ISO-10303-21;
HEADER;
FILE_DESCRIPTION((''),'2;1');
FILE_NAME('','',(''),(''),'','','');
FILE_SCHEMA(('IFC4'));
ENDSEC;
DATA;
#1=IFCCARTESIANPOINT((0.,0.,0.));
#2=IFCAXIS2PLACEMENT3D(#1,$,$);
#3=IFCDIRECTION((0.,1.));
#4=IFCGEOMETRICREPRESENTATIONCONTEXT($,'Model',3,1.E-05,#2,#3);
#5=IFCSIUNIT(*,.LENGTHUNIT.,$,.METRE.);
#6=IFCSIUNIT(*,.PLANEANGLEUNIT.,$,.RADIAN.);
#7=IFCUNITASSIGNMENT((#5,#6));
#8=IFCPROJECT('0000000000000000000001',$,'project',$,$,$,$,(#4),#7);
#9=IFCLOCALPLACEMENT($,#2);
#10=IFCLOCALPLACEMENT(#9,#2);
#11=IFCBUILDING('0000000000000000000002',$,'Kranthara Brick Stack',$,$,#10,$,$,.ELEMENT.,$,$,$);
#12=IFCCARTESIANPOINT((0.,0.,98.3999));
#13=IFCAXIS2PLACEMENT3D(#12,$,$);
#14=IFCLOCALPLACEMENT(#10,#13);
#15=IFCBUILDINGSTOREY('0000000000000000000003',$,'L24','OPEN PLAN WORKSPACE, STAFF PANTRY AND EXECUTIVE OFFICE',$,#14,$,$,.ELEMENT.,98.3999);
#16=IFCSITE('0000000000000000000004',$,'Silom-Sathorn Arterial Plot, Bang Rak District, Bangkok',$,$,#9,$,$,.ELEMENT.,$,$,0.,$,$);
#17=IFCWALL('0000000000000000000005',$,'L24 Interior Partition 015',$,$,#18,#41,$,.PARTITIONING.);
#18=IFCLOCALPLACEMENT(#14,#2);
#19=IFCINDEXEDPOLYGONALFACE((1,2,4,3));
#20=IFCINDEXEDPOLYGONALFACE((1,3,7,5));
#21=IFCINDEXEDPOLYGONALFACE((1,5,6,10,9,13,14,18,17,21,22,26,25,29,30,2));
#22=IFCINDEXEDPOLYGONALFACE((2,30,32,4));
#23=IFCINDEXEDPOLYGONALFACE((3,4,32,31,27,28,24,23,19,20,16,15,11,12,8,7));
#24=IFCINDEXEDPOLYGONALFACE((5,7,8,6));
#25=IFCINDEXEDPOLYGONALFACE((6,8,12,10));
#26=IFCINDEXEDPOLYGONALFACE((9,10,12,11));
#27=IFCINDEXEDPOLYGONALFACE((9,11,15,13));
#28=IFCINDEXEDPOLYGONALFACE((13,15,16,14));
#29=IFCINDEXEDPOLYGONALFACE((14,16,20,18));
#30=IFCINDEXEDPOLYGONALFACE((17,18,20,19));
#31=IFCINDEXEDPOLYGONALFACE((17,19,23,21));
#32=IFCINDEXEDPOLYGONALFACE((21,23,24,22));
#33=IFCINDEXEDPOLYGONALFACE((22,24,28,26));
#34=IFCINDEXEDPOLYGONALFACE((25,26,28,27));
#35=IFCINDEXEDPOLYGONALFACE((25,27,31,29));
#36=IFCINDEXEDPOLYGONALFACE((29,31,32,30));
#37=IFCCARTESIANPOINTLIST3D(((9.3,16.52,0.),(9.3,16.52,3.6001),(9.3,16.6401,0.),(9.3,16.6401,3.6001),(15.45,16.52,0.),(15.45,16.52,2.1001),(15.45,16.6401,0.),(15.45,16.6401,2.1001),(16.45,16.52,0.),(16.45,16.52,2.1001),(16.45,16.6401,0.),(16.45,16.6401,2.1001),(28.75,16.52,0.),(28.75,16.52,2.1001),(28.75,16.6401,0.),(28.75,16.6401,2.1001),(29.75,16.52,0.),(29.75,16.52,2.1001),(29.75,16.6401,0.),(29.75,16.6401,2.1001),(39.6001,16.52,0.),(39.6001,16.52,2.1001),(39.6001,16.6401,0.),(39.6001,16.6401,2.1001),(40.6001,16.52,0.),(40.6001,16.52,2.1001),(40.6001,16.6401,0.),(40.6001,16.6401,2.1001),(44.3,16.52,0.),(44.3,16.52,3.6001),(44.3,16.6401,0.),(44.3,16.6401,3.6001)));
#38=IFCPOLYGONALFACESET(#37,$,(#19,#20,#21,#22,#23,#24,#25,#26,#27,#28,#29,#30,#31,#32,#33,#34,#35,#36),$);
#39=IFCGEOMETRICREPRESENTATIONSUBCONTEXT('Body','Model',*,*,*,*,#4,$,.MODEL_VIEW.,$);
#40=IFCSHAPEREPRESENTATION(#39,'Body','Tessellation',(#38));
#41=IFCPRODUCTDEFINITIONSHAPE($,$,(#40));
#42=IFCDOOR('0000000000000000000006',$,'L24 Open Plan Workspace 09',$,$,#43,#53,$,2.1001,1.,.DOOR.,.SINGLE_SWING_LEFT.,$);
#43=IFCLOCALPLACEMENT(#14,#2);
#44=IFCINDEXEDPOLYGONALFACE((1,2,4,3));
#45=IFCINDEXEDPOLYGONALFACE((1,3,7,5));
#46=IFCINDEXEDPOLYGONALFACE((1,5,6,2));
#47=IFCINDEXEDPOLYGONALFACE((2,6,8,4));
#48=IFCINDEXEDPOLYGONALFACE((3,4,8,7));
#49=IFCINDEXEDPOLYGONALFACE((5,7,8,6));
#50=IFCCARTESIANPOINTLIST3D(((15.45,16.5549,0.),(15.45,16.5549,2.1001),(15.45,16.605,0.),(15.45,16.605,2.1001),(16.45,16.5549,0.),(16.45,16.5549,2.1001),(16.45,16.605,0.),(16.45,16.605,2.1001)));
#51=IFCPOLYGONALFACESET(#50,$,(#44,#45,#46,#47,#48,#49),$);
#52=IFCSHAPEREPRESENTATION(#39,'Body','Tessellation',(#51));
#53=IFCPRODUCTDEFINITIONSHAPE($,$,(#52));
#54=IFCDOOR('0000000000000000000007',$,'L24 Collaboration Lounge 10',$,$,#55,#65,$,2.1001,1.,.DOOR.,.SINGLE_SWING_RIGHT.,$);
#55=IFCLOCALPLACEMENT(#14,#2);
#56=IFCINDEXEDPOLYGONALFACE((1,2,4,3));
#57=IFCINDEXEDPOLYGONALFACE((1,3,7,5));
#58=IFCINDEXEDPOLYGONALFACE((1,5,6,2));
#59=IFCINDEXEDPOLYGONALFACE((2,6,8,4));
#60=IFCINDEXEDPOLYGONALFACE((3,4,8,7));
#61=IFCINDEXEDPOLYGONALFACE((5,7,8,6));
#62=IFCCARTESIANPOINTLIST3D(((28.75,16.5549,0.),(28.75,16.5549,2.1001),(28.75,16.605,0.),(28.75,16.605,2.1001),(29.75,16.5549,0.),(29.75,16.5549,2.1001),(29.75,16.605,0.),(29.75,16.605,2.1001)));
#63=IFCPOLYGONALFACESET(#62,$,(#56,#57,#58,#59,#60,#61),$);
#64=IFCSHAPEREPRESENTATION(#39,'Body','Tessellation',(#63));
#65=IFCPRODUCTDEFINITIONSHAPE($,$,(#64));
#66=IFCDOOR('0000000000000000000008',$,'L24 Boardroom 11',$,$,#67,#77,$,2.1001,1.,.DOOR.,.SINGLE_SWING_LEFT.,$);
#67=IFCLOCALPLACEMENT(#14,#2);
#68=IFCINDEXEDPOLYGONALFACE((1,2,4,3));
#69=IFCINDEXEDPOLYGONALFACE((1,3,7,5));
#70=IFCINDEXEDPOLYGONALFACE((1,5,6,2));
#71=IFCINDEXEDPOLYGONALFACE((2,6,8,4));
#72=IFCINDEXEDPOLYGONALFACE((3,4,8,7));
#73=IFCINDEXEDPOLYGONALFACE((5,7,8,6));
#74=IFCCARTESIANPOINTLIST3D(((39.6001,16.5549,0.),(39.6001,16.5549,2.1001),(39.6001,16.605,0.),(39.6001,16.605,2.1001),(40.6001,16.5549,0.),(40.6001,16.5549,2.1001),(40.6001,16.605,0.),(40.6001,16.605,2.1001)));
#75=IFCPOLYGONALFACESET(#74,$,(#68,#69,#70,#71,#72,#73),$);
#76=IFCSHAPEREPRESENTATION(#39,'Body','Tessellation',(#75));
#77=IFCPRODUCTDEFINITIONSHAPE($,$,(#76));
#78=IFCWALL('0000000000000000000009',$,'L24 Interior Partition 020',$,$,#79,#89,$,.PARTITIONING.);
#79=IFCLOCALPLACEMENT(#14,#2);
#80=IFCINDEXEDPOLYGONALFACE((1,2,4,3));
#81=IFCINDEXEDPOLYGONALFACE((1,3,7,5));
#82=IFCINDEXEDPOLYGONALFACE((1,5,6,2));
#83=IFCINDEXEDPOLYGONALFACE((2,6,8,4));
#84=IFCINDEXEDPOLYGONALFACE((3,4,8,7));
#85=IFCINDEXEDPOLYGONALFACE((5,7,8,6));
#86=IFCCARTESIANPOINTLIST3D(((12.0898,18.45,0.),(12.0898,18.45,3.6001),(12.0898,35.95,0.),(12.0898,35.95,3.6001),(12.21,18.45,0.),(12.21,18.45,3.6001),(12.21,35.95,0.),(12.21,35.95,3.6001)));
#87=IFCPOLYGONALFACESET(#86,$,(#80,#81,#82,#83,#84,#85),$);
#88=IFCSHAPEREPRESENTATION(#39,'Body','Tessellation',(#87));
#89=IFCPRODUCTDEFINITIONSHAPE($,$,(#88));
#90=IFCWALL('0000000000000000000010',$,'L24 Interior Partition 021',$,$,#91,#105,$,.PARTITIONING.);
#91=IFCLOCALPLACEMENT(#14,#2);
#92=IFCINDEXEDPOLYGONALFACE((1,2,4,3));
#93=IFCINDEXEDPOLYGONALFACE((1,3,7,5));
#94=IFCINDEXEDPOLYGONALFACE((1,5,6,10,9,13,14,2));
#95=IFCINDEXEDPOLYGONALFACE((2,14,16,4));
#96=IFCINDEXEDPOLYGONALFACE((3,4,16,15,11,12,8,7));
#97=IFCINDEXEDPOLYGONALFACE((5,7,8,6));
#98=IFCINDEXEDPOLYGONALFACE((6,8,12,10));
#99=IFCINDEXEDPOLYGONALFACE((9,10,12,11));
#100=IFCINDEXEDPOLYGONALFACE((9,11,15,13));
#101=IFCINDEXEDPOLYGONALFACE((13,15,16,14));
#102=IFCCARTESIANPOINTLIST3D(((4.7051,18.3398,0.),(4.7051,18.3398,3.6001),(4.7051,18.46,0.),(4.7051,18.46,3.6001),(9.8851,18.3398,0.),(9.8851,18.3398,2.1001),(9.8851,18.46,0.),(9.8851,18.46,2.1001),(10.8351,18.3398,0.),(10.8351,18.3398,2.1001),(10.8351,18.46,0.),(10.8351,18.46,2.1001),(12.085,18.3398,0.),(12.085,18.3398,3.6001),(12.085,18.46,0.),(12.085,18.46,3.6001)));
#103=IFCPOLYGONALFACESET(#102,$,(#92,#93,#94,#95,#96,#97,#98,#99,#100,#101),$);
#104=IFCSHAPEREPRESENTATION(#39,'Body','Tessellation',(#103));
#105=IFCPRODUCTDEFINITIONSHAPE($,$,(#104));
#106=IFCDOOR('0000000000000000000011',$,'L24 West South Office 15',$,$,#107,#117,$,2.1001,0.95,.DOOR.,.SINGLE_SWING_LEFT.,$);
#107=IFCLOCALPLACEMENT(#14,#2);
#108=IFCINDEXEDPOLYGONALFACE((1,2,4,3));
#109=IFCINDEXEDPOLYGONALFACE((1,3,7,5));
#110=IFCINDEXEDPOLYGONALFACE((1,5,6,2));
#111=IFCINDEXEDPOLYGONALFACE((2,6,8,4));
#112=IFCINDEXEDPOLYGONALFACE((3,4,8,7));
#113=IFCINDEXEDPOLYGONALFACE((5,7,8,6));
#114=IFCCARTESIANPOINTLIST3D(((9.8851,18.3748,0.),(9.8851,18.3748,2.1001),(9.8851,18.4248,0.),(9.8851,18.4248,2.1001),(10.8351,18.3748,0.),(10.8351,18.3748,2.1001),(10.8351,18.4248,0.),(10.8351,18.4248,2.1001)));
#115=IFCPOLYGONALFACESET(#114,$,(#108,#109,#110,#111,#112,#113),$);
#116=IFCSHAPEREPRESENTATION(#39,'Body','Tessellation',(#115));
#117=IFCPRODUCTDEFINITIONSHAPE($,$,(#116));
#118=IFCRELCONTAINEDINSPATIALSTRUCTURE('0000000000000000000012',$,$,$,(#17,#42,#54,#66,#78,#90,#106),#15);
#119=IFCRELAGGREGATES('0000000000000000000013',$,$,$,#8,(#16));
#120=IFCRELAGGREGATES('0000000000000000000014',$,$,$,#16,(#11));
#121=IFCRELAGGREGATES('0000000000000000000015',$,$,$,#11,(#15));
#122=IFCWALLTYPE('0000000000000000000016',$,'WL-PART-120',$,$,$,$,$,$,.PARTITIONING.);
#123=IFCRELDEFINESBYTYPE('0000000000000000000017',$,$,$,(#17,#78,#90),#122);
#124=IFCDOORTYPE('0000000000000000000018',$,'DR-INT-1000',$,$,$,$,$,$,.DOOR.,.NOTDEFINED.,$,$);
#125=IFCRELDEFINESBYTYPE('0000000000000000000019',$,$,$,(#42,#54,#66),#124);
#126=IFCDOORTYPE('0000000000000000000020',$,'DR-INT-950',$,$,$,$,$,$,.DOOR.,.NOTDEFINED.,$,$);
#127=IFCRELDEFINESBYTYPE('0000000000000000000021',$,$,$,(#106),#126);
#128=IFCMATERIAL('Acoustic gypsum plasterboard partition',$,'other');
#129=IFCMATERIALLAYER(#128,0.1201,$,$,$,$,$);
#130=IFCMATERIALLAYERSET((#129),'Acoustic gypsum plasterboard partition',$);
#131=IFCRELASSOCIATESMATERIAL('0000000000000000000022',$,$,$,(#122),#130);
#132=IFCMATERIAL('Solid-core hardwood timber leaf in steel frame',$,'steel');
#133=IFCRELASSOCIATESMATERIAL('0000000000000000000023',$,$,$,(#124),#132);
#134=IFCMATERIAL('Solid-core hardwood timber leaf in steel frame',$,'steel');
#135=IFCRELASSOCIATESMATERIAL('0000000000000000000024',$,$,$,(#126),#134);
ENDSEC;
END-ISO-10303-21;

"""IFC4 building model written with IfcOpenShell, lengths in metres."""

from ifc_helpers import new_model, si_unit, direction, frame, frame_2d, origin, place, context, subcontext, project, spatial, rectangle, extrude, material, layer, layer_set, type_object, element, fill, save


model = new_model("IFC4")

# Units and contexts
model_context = context("Model", 3, precision=1e-05, world=origin(), true_north=direction((0.0, 1.0)))
body_context = subcontext(model_context, "Body", "Model", "MODEL_VIEW")
ifc_project = project(units=[si_unit("LENGTHUNIT", "METRE"), si_unit("PLANEANGLEUNIT", "RADIAN")], contexts=[model_context])

# Site, building, storey
site_placement = place(None, origin())
site = spatial("IfcSite", under=ifc_project, at=site_placement, Name="Silom-Sathorn Arterial Plot, Bang Rak District, Bangkok", CompositionType="ELEMENT", RefElevation=0.0)
building_placement = place(site_placement, origin())
building = spatial("IfcBuilding", under=site, at=building_placement, Name="Kranthara Brick Stack", CompositionType="ELEMENT")
storey_placement = place(building_placement, frame((0.0, 0.0, 98.3999)))
storey = spatial("IfcBuildingStorey", under=building, at=storey_placement, Name="L24", Description="OPEN PLAN WORKSPACE, STAFF PANTRY AND EXECUTIVE OFFICE", CompositionType="ELEMENT", Elevation=98.3999)

# Wall, openings, doors
ifc_material_1 = material(Name="Acoustic gypsum plasterboard partition", Category="other")
ifc_layer_1 = layer(ifc_material_1, 0.1201)
ifc_layer_set_1 = layer_set([ifc_layer_1], Name="Acoustic gypsum plasterboard partition")
wall_type_1 = type_object("IfcWallType", Name="WL-PART-120", PredefinedType="PARTITIONING", material=ifc_layer_set_1)
wall_1_placement = place(storey_placement, frame((9.3, 16.5801, 0.0), z_axis=(0.0, 0.0, 1.0), x_axis=(1.0, 0.0, 0.0)))
wall_1 = element("IfcWall", 1, at=wall_1_placement, inside=storey, type_object=wall_type_1, Name="L24 Interior Partition 015", PredefinedType="PARTITIONING", context=body_context, shape_type="SweptSolid", body=[
    extrude(rectangle(XDim=35.0, YDim=0.1201, at=frame_2d((17.5, 0.0))), origin(), (0.0, 0.0, 1.0), 3.6001),
])
opening_1_placement = place(wall_1_placement, frame((6.1499, 0.0, 0.0)))
opening_1 = element("IfcOpeningElement", 2, at=opening_1_placement, cuts=wall_1, PredefinedType="OPENING", context=body_context, shape_type="SweptSolid", body=[
    extrude(rectangle(XDim=1.0, YDim=2.1001, at=frame_2d((0.5, 1.05))), frame((0.0, 0.0701, 0.0), z_axis=(0.0, -1.0, 0.0), x_axis=(1.0, 0.0, 0.0)), (0.0, 0.0, 1.0), 0.1401),
])
opening_2_placement = place(wall_1_placement, frame((19.45, 0.0, 0.0)))
opening_2 = element("IfcOpeningElement", 3, at=opening_2_placement, cuts=wall_1, PredefinedType="OPENING", context=body_context, shape_type="SweptSolid", body=[
    extrude(rectangle(XDim=1.0, YDim=2.1001, at=frame_2d((0.5, 1.05))), frame((0.0, 0.0701, 0.0), z_axis=(0.0, -1.0, 0.0), x_axis=(1.0, 0.0, 0.0)), (0.0, 0.0, 1.0), 0.1401),
])
opening_3_placement = place(wall_1_placement, frame((30.3, 0.0, 0.0)))
opening_3 = element("IfcOpeningElement", 4, at=opening_3_placement, cuts=wall_1, PredefinedType="OPENING", context=body_context, shape_type="SweptSolid", body=[
    extrude(rectangle(XDim=1.0, YDim=2.1001, at=frame_2d((0.5, 1.05))), frame((0.0, 0.0701, 0.0), z_axis=(0.0, -1.0, 0.0), x_axis=(1.0, 0.0, 0.0)), (0.0, 0.0, 1.0), 0.1401),
])
ifc_material_2 = material(Name="Solid-core hardwood timber leaf in steel frame", Category="steel")
door_type_1 = type_object("IfcDoorType", Name="DR-INT-1000", OperationType="NOTDEFINED", PredefinedType="DOOR", material=ifc_material_2)
door_1_placement = place(opening_1_placement, origin())
door_1 = element("IfcDoor", 5, at=door_1_placement, inside=storey, type_object=door_type_1, Name="L24 Open Plan Workspace 09", OperationType="SINGLE_SWING_LEFT", OverallHeight=2.1001, OverallWidth=1.0, PredefinedType="DOOR", context=body_context, shape_type="SweptSolid", body=[
    extrude(rectangle(XDim=1.0, YDim=2.1001, at=frame_2d((0.5, 1.05))), frame((0.0, 0.0249, 0.0), z_axis=(0.0, -1.0, 0.0), x_axis=(1.0, 0.0, 0.0)), (0.0, 0.0, 1.0), 0.05),
])
fill(opening_1, door_1)
door_2_placement = place(opening_2_placement, origin())
door_2 = element("IfcDoor", 6, at=door_2_placement, inside=storey, type_object=door_type_1, Name="L24 Collaboration Lounge 10", OperationType="SINGLE_SWING_RIGHT", OverallHeight=2.1001, OverallWidth=1.0, PredefinedType="DOOR", context=body_context, shape_type="SweptSolid", body=[
    extrude(rectangle(XDim=1.0, YDim=2.1001, at=frame_2d((0.5, 1.05))), frame((0.0, 0.0249, 0.0), z_axis=(0.0, -1.0, 0.0), x_axis=(1.0, 0.0, 0.0)), (0.0, 0.0, 1.0), 0.05),
])
fill(opening_2, door_2)
door_3_placement = place(opening_3_placement, origin())
door_3 = element("IfcDoor", 7, at=door_3_placement, inside=storey, type_object=door_type_1, Name="L24 Boardroom 11", OperationType="SINGLE_SWING_LEFT", OverallHeight=2.1001, OverallWidth=1.0, PredefinedType="DOOR", context=body_context, shape_type="SweptSolid", body=[
    extrude(rectangle(XDim=1.0, YDim=2.1001, at=frame_2d((0.5, 1.05))), frame((0.0, 0.0249, 0.0), z_axis=(0.0, -1.0, 0.0), x_axis=(1.0, 0.0, 0.0)), (0.0, 0.0, 1.0), 0.05),
])
fill(opening_3, door_3)

# Wall
wall_2_placement = place(storey_placement, frame((12.1499, 18.45, 0.0), z_axis=(0.0, 0.0, 1.0), x_axis=(0.0, 1.0, 0.0)))
element("IfcWall", 8, at=wall_2_placement, inside=storey, type_object=wall_type_1, Name="L24 Interior Partition 020", PredefinedType="PARTITIONING", context=body_context, shape_type="SweptSolid", body=[
    extrude(rectangle(XDim=17.5, YDim=0.1201, at=frame_2d((8.75, 0.0))), origin(), (0.0, 0.0, 1.0), 3.6001),
])

# Wall, opening, door
wall_3_placement = place(storey_placement, frame((4.7051, 18.3999, 0.0), z_axis=(0.0, 0.0, 1.0), x_axis=(1.0, 0.0, 0.0)))
wall_3 = element("IfcWall", 9, at=wall_3_placement, inside=storey, type_object=wall_type_1, Name="L24 Interior Partition 021", PredefinedType="PARTITIONING", context=body_context, shape_type="SweptSolid", body=[
    extrude(rectangle(XDim=7.3799, YDim=0.1201, at=frame_2d((3.6899, 0.0))), origin(), (0.0, 0.0, 1.0), 3.6001),
])
opening_4_placement = place(wall_3_placement, frame((5.1799, 0.0, 0.0)))
opening_4 = element("IfcOpeningElement", 10, at=opening_4_placement, cuts=wall_3, PredefinedType="OPENING", context=body_context, shape_type="SweptSolid", body=[
    extrude(rectangle(XDim=0.95, YDim=2.1001, at=frame_2d((0.4751, 1.05))), frame((0.0, 0.0701, 0.0), z_axis=(0.0, -1.0, 0.0), x_axis=(1.0, 0.0, 0.0)), (0.0, 0.0, 1.0), 0.1401),
])
ifc_material_3 = material(Name="Solid-core hardwood timber leaf in steel frame", Category="steel")
door_type_2 = type_object("IfcDoorType", Name="DR-INT-950", OperationType="NOTDEFINED", PredefinedType="DOOR", material=ifc_material_3)
door_4_placement = place(opening_4_placement, origin())
door_4 = element("IfcDoor", 11, at=door_4_placement, inside=storey, type_object=door_type_2, Name="L24 West South Office 15", OperationType="SINGLE_SWING_LEFT", OverallHeight=2.1001, OverallWidth=0.95, PredefinedType="DOOR", context=body_context, shape_type="SweptSolid", body=[
    extrude(rectangle(XDim=0.95, YDim=2.1001, at=frame_2d((0.4751, 1.05))), frame((0.0, 0.0249, 0.0), z_axis=(0.0, -1.0, 0.0), x_axis=(1.0, 0.0, 0.0)), (0.0, 0.0, 1.0), 0.05),
])
fill(opening_4, door_4)

save(model, "model.ifc")
